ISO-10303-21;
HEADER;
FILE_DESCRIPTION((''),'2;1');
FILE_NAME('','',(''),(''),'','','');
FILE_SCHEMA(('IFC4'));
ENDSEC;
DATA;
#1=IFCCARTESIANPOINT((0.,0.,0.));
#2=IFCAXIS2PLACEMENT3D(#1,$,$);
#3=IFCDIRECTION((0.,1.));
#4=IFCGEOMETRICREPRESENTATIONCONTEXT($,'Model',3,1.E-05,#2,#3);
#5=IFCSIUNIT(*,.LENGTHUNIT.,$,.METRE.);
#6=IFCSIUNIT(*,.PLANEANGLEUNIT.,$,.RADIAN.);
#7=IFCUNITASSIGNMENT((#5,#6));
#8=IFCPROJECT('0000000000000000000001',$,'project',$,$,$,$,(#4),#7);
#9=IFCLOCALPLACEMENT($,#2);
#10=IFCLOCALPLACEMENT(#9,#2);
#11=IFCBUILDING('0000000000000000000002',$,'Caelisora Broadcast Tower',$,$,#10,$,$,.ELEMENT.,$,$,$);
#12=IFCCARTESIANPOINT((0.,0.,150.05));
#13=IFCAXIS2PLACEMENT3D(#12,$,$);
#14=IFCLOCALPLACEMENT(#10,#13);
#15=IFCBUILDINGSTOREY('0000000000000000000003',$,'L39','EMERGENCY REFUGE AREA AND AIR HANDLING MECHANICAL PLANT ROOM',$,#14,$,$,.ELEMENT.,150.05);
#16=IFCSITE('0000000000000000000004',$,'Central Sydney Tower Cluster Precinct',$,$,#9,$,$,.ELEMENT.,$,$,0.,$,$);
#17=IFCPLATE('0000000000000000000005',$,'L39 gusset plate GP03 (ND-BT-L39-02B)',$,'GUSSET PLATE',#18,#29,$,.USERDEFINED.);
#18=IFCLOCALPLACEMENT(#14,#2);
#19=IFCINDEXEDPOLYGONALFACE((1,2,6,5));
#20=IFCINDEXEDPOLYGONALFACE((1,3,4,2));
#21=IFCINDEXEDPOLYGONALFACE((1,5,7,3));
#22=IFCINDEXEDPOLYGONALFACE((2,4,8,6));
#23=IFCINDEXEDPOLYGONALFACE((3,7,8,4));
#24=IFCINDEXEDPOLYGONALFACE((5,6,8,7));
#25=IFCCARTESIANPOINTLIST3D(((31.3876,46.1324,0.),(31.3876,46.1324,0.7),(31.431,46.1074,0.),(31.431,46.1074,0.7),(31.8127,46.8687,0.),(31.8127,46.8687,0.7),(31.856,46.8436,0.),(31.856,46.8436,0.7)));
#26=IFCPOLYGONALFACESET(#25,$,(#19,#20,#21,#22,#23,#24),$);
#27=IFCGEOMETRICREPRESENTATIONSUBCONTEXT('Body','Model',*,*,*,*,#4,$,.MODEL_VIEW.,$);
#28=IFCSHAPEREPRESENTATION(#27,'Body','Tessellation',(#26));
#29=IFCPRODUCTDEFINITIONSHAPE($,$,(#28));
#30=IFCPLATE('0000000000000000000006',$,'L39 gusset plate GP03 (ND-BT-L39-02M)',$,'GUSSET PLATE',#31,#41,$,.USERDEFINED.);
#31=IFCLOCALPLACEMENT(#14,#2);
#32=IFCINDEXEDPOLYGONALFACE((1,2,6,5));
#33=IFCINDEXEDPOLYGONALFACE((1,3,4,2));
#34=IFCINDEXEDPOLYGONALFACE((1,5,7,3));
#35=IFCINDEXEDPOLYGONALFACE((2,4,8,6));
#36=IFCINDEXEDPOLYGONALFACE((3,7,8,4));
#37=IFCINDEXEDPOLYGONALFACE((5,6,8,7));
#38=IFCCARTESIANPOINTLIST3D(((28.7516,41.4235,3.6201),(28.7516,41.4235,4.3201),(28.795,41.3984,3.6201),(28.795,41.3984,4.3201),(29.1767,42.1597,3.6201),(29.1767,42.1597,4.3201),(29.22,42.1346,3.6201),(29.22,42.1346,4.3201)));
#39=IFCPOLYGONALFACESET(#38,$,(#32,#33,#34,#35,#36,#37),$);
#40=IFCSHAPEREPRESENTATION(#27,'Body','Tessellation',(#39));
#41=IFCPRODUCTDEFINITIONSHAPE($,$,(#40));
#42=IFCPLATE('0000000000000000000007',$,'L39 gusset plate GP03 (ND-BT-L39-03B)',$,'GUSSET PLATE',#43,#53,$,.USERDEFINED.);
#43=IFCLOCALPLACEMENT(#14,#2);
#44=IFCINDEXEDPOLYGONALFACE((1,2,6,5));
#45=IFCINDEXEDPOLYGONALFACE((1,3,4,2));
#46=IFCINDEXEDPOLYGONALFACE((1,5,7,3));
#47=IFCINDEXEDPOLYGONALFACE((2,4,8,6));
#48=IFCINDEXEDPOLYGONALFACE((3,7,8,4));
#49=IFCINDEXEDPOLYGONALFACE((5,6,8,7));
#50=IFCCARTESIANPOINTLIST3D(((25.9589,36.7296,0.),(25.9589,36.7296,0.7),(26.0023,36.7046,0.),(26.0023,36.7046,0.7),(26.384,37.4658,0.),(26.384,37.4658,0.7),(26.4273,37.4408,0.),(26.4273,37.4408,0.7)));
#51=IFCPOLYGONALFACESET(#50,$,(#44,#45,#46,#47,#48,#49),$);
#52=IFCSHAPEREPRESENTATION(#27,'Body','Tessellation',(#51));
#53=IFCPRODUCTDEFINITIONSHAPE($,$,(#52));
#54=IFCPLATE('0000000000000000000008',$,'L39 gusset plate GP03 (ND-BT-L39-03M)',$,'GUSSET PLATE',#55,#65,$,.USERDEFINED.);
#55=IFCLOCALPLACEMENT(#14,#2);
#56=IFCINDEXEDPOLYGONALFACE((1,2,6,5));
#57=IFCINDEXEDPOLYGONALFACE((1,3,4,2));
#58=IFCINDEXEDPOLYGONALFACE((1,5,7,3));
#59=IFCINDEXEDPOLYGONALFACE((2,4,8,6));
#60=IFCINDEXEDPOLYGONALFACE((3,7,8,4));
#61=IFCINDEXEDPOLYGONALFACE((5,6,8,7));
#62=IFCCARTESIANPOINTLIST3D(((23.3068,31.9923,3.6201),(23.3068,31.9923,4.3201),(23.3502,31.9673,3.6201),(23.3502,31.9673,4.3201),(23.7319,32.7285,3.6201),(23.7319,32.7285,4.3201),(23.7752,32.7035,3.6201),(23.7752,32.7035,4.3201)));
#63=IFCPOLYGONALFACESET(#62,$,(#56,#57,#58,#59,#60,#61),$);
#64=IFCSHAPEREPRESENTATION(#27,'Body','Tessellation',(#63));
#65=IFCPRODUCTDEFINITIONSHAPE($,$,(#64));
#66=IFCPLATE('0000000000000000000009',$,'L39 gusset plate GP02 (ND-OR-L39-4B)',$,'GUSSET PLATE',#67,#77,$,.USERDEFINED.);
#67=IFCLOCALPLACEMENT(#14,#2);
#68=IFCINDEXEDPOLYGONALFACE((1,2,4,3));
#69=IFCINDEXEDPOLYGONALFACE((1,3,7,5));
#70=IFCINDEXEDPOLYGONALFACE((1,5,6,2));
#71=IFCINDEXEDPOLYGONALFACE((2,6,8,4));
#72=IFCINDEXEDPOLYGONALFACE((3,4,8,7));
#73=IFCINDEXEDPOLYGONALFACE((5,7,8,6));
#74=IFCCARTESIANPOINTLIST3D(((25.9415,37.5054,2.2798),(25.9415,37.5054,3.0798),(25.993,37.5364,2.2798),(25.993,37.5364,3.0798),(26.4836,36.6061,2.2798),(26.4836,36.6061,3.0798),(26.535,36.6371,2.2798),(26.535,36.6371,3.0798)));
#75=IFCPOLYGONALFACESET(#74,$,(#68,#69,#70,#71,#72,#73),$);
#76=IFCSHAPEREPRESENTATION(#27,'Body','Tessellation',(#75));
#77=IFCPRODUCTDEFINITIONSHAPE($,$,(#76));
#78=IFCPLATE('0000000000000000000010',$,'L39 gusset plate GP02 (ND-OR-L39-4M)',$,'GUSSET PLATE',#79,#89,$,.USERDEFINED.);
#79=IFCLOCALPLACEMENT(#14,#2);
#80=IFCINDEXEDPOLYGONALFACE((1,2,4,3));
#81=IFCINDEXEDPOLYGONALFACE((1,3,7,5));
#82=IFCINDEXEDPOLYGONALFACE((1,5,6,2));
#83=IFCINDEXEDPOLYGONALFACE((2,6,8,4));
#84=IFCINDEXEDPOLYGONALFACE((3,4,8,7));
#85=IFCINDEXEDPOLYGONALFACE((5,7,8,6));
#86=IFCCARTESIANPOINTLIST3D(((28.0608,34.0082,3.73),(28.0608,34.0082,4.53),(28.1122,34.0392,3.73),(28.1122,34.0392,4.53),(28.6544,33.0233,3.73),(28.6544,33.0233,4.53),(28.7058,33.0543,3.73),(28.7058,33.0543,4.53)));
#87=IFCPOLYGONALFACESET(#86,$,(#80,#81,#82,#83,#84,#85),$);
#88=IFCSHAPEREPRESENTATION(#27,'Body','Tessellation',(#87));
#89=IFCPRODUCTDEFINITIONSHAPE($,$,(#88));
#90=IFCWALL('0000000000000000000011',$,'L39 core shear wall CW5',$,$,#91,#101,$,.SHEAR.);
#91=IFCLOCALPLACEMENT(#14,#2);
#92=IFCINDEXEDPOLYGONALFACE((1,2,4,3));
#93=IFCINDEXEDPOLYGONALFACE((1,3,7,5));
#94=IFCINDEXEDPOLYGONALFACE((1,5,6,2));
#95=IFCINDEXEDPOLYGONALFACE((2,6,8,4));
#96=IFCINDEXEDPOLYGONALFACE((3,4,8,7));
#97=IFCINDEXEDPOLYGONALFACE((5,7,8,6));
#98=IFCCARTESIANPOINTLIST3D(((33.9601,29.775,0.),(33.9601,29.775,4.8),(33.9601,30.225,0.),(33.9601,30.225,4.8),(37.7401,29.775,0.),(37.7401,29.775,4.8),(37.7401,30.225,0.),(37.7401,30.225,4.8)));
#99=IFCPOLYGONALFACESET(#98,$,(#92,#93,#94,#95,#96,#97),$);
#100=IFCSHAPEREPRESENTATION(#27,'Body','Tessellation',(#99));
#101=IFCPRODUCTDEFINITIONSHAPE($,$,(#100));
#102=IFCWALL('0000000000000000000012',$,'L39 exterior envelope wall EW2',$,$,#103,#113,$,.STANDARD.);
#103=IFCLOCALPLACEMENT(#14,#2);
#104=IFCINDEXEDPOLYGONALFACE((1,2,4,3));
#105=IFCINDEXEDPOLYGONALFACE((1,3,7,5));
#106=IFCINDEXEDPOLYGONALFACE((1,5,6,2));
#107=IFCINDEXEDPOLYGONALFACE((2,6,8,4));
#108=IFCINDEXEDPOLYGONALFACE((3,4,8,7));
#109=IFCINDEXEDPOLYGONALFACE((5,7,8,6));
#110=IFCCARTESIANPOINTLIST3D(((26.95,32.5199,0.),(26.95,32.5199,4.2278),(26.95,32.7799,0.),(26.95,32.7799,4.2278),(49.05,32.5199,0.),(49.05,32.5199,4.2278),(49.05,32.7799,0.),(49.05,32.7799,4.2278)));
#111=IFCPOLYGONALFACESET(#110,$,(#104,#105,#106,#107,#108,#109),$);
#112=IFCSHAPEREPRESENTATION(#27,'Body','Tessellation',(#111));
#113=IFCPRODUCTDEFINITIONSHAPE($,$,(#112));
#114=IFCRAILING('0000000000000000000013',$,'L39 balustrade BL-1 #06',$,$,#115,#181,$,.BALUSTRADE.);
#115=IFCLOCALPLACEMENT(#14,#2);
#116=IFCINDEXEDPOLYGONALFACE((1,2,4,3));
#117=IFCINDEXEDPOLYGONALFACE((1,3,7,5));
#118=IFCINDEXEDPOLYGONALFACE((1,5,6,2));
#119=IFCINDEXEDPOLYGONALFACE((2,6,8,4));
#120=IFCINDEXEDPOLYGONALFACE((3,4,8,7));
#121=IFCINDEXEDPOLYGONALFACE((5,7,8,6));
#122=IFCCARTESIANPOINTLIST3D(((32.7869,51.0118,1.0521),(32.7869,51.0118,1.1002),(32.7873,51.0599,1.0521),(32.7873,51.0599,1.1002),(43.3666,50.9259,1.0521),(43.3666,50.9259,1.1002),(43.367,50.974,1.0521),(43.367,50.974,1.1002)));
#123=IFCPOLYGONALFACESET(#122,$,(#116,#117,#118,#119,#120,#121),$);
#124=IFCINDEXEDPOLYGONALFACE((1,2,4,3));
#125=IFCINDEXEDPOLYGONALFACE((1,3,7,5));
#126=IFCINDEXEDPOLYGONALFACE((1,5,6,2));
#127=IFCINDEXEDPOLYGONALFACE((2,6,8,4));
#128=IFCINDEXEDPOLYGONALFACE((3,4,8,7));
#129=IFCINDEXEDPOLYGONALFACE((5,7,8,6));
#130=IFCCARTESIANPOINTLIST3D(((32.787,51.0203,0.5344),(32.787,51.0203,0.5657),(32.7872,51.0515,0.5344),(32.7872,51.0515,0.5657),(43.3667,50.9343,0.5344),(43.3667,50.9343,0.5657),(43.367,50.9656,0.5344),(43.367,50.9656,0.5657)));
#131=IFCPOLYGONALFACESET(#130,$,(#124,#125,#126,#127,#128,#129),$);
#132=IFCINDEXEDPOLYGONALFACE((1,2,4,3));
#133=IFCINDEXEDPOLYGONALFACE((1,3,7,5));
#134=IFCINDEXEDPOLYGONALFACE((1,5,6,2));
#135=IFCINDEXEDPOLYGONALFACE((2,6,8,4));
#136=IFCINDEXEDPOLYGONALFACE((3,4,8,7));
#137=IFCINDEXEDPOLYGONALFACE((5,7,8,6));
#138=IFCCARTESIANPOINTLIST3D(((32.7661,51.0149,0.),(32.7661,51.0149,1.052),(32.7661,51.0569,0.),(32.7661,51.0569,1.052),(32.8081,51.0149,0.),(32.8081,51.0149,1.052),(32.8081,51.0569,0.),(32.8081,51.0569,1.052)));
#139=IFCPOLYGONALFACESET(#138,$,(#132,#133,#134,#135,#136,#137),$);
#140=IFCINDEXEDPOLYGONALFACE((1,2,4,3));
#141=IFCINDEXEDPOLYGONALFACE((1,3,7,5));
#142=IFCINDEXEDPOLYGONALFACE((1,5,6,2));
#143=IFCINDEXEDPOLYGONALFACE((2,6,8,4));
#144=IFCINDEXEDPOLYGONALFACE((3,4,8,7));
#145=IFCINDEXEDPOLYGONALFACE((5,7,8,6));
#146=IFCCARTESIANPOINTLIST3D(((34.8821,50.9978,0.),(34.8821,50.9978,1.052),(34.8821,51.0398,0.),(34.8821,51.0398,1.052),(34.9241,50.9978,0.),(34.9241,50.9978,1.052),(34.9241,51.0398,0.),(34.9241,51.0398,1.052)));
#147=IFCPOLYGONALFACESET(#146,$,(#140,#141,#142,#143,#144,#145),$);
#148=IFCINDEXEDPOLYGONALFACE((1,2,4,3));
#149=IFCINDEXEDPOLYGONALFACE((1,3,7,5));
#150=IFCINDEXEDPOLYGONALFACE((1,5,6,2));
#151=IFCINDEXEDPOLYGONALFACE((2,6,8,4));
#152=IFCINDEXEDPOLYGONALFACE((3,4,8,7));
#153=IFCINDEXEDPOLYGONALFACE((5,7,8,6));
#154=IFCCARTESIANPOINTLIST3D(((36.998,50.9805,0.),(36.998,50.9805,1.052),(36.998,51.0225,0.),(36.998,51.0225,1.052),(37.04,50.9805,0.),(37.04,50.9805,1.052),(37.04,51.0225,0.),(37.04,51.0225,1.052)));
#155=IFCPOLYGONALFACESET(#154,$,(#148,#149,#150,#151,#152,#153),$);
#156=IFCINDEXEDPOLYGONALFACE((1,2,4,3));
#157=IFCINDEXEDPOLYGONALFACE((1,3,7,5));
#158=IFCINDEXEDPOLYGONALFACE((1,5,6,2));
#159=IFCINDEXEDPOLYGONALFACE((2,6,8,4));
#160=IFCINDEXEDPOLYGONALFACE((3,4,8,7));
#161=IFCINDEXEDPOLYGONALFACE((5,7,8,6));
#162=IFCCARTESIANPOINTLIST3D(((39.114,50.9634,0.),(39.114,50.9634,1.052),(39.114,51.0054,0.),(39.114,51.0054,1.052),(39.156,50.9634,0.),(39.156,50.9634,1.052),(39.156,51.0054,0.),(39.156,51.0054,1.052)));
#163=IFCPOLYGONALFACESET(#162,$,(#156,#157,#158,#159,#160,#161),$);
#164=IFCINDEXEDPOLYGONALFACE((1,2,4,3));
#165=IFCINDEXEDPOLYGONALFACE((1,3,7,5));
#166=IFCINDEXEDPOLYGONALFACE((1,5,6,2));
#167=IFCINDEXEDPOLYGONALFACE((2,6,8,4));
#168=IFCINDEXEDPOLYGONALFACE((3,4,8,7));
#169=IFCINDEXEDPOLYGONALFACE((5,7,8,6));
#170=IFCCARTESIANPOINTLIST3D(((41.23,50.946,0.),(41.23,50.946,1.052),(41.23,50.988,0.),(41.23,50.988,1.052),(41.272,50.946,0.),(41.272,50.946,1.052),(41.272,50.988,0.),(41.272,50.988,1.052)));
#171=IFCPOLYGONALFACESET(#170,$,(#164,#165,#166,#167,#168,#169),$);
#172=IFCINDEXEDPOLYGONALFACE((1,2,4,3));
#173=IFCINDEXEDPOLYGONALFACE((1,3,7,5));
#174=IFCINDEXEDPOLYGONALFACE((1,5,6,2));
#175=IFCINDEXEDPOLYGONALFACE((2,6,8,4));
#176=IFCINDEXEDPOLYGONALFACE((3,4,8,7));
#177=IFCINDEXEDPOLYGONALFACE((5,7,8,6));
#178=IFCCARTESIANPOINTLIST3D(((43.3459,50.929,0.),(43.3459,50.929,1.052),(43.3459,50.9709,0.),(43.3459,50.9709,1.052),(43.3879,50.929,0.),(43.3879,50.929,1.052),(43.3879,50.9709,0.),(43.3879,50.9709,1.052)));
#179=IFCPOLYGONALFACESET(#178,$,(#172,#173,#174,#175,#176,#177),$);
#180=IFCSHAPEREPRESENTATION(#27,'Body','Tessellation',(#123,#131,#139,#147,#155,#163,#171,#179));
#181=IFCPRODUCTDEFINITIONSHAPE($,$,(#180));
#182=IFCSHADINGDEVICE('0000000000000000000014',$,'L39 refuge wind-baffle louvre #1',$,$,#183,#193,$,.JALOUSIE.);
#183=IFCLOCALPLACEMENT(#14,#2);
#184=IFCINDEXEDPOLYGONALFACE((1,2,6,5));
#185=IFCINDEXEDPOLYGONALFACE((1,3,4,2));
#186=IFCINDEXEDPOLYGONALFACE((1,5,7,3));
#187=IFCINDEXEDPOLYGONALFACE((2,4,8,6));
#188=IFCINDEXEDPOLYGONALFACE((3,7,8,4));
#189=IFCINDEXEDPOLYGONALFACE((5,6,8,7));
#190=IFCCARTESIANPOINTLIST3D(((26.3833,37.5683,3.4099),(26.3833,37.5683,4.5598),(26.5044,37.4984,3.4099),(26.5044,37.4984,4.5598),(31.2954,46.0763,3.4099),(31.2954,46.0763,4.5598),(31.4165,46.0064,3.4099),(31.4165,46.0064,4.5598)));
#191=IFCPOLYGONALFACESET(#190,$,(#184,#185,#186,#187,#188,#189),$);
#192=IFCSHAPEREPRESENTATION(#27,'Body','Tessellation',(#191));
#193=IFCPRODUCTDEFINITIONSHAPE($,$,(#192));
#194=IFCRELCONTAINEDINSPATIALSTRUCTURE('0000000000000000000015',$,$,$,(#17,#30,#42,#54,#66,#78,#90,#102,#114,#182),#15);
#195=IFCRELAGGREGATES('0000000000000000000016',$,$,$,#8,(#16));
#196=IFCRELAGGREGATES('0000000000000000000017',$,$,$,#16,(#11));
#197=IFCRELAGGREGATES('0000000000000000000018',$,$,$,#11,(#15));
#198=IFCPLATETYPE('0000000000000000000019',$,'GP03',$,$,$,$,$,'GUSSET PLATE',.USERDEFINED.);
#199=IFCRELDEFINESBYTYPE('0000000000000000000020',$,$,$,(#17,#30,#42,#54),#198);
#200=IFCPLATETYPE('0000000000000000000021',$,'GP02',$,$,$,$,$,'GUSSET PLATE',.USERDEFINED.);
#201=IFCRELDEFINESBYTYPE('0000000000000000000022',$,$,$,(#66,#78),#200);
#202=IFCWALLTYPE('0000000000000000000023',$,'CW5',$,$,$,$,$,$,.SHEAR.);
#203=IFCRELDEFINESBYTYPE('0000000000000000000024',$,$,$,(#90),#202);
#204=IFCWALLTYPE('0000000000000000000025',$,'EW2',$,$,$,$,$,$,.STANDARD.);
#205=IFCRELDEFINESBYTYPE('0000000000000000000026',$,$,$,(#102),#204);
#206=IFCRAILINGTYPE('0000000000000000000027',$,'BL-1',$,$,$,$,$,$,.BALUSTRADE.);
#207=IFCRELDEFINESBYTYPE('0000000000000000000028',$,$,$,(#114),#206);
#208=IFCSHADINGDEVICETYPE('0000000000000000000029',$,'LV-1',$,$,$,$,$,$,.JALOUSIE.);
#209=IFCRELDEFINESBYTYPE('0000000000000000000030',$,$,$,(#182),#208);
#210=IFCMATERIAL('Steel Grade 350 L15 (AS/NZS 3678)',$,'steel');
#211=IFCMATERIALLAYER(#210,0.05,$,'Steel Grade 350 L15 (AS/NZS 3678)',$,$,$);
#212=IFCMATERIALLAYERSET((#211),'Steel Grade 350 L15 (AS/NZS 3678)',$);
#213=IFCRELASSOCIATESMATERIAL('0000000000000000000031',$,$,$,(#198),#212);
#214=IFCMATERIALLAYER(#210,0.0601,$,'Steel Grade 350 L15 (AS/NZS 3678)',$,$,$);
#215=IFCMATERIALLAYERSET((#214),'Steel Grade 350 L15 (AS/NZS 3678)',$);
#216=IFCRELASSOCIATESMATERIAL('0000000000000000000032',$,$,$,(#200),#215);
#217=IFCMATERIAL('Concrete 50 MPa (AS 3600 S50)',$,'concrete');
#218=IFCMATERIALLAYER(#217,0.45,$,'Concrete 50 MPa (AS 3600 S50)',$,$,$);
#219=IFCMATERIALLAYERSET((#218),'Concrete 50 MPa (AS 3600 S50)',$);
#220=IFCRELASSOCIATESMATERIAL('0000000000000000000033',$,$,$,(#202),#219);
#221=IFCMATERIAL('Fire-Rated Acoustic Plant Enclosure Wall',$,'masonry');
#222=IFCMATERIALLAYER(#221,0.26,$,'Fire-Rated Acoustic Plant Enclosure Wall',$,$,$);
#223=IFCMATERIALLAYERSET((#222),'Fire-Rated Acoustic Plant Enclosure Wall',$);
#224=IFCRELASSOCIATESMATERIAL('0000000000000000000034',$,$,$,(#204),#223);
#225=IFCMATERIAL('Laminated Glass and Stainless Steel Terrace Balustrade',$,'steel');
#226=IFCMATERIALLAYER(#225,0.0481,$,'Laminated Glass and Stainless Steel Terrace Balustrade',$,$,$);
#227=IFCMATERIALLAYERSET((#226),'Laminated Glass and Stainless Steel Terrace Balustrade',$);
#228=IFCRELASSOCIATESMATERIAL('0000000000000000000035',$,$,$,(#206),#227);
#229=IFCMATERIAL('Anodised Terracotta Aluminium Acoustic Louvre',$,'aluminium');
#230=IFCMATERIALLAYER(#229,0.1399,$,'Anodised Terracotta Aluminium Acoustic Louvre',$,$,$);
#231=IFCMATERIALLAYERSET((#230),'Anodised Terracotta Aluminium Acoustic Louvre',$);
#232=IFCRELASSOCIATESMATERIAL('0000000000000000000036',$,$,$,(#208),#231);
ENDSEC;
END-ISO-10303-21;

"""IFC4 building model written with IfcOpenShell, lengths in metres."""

from ifc_helpers import new_model, si_unit, direction, frame, frame_2d, origin, origin_2d, place, context, subcontext, project, spatial, rectangle, extrude, source, transform, mapped, material, layer, layer_set, type_object, type_shapes, element, save


model = new_model("IFC4")

# Units and contexts
model_context = context("Model", 3, precision=1e-05, world=origin(), true_north=direction((0.0, 1.0)))
body_context = subcontext(model_context, "Body", "Model", "MODEL_VIEW")
ifc_project = project(units=[si_unit("LENGTHUNIT", "METRE"), si_unit("PLANEANGLEUNIT", "RADIAN")], contexts=[model_context])

# Site, building, storey
site_placement = place(None, origin())
site = spatial("IfcSite", under=ifc_project, at=site_placement, Name="Central Sydney Tower Cluster Precinct", CompositionType="ELEMENT", RefElevation=0.0)
building_placement = place(site_placement, origin())
building = spatial("IfcBuilding", under=site, at=building_placement, Name="Caelisora Broadcast Tower", CompositionType="ELEMENT")
storey_placement = place(building_placement, frame((0.0, 0.0, 150.05)))
storey = spatial("IfcBuildingStorey", under=building, at=storey_placement, Name="L39", Description="EMERGENCY REFUGE AREA AND AIR HANDLING MECHANICAL PLANT ROOM", CompositionType="ELEMENT", Elevation=150.05)

# Shared definitions
ifc_material_1 = material(Name="Steel Grade 350 L15 (AS/NZS 3678)", Category="steel")

# Plates
ifc_layer_1 = layer(ifc_material_1, 0.05, Name="Steel Grade 350 L15 (AS/NZS 3678)")
ifc_layer_set_1 = layer_set([ifc_layer_1], Name="Steel Grade 350 L15 (AS/NZS 3678)")
plate_type_1 = type_object("IfcPlateType", Name="GP03", ElementType="GUSSET PLATE", PredefinedType="USERDEFINED", material=ifc_layer_set_1)
shared_shape_1 = source(origin(), body_context, "Body", "SweptSolid", [
    extrude(rectangle(XDim=0.8501, YDim=0.05, at=origin_2d()), origin(), (0.0, 0.0, 1.0), 0.7),
])
type_shapes(plate_type_1, [shared_shape_1])
for number, where, z_axis, x_axis, name in (
    (1, (31.6218, 46.488, 0.0), (0.0, 0.0, 1.0), (-0.5, -0.866025, 0.0), "L39 gusset plate GP03 (ND-BT-L39-02B)"),
    (2, (28.9858, 41.7791, 3.6201), (0.0, 0.0, 1.0), (-0.5, -0.866025, 0.0), "L39 gusset plate GP03 (ND-BT-L39-02M)"),
    (3, (26.1931, 37.0852, 0.0), (0.0, 0.0, 1.0), (-0.5, -0.866025, 0.0), "L39 gusset plate GP03 (ND-BT-L39-03B)"),
    (4, (23.541, 32.3479, 3.6201), (0.0, 0.0, 1.0), (-0.5, -0.866025, 0.0), "L39 gusset plate GP03 (ND-BT-L39-03M)"),
):
    element("IfcPlate", number, at=place(storey_placement, frame(where, z_axis=z_axis, x_axis=x_axis)), inside=storey, type_object=plate_type_1, Name=name, ObjectType="GUSSET PLATE", PredefinedType="USERDEFINED", context=body_context, shape_type="MappedRepresentation", body=[
        mapped(shared_shape_1, transform((0.0, 0.0, 0.0), scale=1.0)),
    ])
ifc_layer_2 = layer(ifc_material_1, 0.0601, Name="Steel Grade 350 L15 (AS/NZS 3678)")
ifc_layer_set_2 = layer_set([ifc_layer_2], Name="Steel Grade 350 L15 (AS/NZS 3678)")
plate_type_2 = type_object("IfcPlateType", Name="GP02", ElementType="GUSSET PLATE", PredefinedType="USERDEFINED", material=ifc_layer_set_2)
shared_shape_2 = source(origin(), body_context, "Body", "SweptSolid", [
    extrude(rectangle(XDim=1.05, YDim=0.0601, at=origin_2d()), origin(), (0.0, 0.0, 1.0), 0.8),
])
plate_1_placement = place(storey_placement, frame((26.2383, 37.0713, 2.2798), z_axis=(0.0, 0.0, 1.0), x_axis=(-0.516234, 0.856447, 0.0)))
element("IfcPlate", 5, at=plate_1_placement, inside=storey, type_object=plate_type_2, Name="L39 gusset plate GP02 (ND-OR-L39-4B)", ObjectType="GUSSET PLATE", PredefinedType="USERDEFINED", context=body_context, shape_type="MappedRepresentation", body=[
    mapped(shared_shape_2, transform((0.0, 0.0, 0.0), scale=1.0)),
])
shared_shape_3 = source(origin(), body_context, "Body", "SweptSolid", [
    extrude(rectangle(XDim=1.1499, YDim=0.0601, at=origin_2d()), origin(), (0.0, 0.0, 1.0), 0.8),
])
type_shapes(plate_type_2, [shared_shape_2, shared_shape_3])
plate_2_placement = place(storey_placement, frame((28.3833, 33.5312, 3.73), z_axis=(0.0, 0.0, 1.0), x_axis=(-0.516234, 0.856447, 0.0)))
element("IfcPlate", 6, at=plate_2_placement, inside=storey, type_object=plate_type_2, Name="L39 gusset plate GP02 (ND-OR-L39-4M)", ObjectType="GUSSET PLATE", PredefinedType="USERDEFINED", context=body_context, shape_type="MappedRepresentation", body=[
    mapped(shared_shape_3, transform((0.0, 0.0, 0.0), scale=1.0)),
])

# Walls
ifc_material_2 = material(Name="Concrete 50 MPa (AS 3600 S50)", Category="concrete")
ifc_layer_3 = layer(ifc_material_2, 0.45, Name="Concrete 50 MPa (AS 3600 S50)")
ifc_layer_set_3 = layer_set([ifc_layer_3], Name="Concrete 50 MPa (AS 3600 S50)")
wall_type_1 = type_object("IfcWallType", Name="CW5", PredefinedType="SHEAR", material=ifc_layer_set_3)
wall_1_placement = place(storey_placement, frame((33.96, 30.0, 0.0), z_axis=(0.0, 0.0, 1.0), x_axis=(1.0, 0.0, 0.0)))
element("IfcWall", 7, at=wall_1_placement, inside=storey, type_object=wall_type_1, Name="L39 core shear wall CW5", PredefinedType="SHEAR", context=body_context, shape_type="SweptSolid", body=[
    extrude(rectangle(XDim=3.78, YDim=0.45, at=frame_2d((1.8901, 0.0))), origin(), (0.0, 0.0, 1.0), 4.8),
])
ifc_material_3 = material(Name="Fire-Rated Acoustic Plant Enclosure Wall", Category="masonry")
ifc_layer_4 = layer(ifc_material_3, 0.26, Name="Fire-Rated Acoustic Plant Enclosure Wall")
ifc_layer_set_4 = layer_set([ifc_layer_4], Name="Fire-Rated Acoustic Plant Enclosure Wall")
wall_type_2 = type_object("IfcWallType", Name="EW2", PredefinedType="STANDARD", material=ifc_layer_set_4)
wall_2_placement = place(storey_placement, frame((26.95, 32.6499, 0.0), z_axis=(0.0, 0.0, 1.0), x_axis=(1.0, 0.0, 0.0)))
element("IfcWall", 8, at=wall_2_placement, inside=storey, type_object=wall_type_2, Name="L39 exterior envelope wall EW2", PredefinedType="STANDARD", context=body_context, shape_type="SweptSolid", body=[
    extrude(rectangle(XDim=22.1001, YDim=0.26, at=frame_2d((11.05, 0.0))), origin(), (0.0, 0.0, 1.0), 4.2278),
])

# Railing
ifc_material_4 = material(Name="Laminated Glass and Stainless Steel Terrace Balustrade", Category="steel")
ifc_layer_5 = layer(ifc_material_4, 0.0481, Name="Laminated Glass and Stainless Steel Terrace Balustrade")
ifc_layer_set_5 = layer_set([ifc_layer_5], Name="Laminated Glass and Stainless Steel Terrace Balustrade")
railing_type = type_object("IfcRailingType", Name="BL-1", PredefinedType="BALUSTRADE", material=ifc_layer_set_5)
railing_placement = place(storey_placement, frame((32.7871, 51.0359, 0.0)))
element("IfcRailing", 9, at=railing_placement, inside=storey, type_object=railing_type, Name="L39 balustrade BL-1 #06", PredefinedType="BALUSTRADE", context=body_context, shape_type="SweptSolid", body=[
    extrude(rectangle(XDim=0.0481, YDim=0.0481, at=origin_2d()), frame((0.0, 0.0, 1.0762), z_axis=(0.999967, -0.008122, 0.0), x_axis=(0.008122, 0.999967, 0.0)), (0.0, 0.0, 1.0), 10.5801),
    extrude(rectangle(XDim=0.0312, YDim=0.0312, at=origin_2d()), frame((0.0, 0.0, 0.55), z_axis=(0.999967, -0.008122, 0.0), x_axis=(0.008122, 0.999967, 0.0)), (0.0, 0.0, 1.0), 10.5801),
    extrude(rectangle(XDim=0.042, YDim=0.042, at=origin_2d()), origin(), (0.0, 0.0, 1.0), 1.052),
    extrude(rectangle(XDim=0.042, YDim=0.042, at=origin_2d()), frame((2.116, -0.0171, 0.0)), (0.0, 0.0, 1.0), 1.052),
    extrude(rectangle(XDim=0.042, YDim=0.042, at=origin_2d()), frame((4.2319, -0.0344, 0.0)), (0.0, 0.0, 1.0), 1.052),
    extrude(rectangle(XDim=0.042, YDim=0.042, at=origin_2d()), frame((6.3479, -0.0515, 0.0)), (0.0, 0.0, 1.0), 1.052),
    extrude(rectangle(XDim=0.042, YDim=0.042, at=origin_2d()), frame((8.4639, -0.0688, 0.0)), (0.0, 0.0, 1.0), 1.052),
    extrude(rectangle(XDim=0.042, YDim=0.042, at=origin_2d()), frame((10.5798, -0.0859, 0.0)), (0.0, 0.0, 1.0), 1.052),
])

# Shading device
ifc_material_5 = material(Name="Anodised Terracotta Aluminium Acoustic Louvre", Category="aluminium")
ifc_layer_6 = layer(ifc_material_5, 0.1399, Name="Anodised Terracotta Aluminium Acoustic Louvre")
ifc_layer_set_6 = layer_set([ifc_layer_6], Name="Anodised Terracotta Aluminium Acoustic Louvre")
shading_device_type = type_object("IfcShadingDeviceType", Name="LV-1", PredefinedType="JALOUSIE", material=ifc_layer_set_6)
shared_shape_4 = source(origin(), body_context, "Body", "SweptSolid", [
    extrude(rectangle(XDim=9.8242, YDim=0.1399, at=origin_2d()), origin(), (0.0, 0.0, 1.0), 1.1499),
])
shading_device_1_placement = place(storey_placement, frame((28.8999, 41.7874, 3.4099), z_axis=(0.0, 0.0, 1.0), x_axis=(-0.5, -0.866025, 0.0)))
element("IfcShadingDevice", 10, at=shading_device_1_placement, inside=storey, type_object=shading_device_type, Name="L39 refuge wind-baffle louvre #1", PredefinedType="JALOUSIE", context=body_context, shape_type="MappedRepresentation", body=[
    mapped(shared_shape_4, transform((0.0, 0.0, 0.0), scale=1.0)),
])

save(model, "model.ifc")
